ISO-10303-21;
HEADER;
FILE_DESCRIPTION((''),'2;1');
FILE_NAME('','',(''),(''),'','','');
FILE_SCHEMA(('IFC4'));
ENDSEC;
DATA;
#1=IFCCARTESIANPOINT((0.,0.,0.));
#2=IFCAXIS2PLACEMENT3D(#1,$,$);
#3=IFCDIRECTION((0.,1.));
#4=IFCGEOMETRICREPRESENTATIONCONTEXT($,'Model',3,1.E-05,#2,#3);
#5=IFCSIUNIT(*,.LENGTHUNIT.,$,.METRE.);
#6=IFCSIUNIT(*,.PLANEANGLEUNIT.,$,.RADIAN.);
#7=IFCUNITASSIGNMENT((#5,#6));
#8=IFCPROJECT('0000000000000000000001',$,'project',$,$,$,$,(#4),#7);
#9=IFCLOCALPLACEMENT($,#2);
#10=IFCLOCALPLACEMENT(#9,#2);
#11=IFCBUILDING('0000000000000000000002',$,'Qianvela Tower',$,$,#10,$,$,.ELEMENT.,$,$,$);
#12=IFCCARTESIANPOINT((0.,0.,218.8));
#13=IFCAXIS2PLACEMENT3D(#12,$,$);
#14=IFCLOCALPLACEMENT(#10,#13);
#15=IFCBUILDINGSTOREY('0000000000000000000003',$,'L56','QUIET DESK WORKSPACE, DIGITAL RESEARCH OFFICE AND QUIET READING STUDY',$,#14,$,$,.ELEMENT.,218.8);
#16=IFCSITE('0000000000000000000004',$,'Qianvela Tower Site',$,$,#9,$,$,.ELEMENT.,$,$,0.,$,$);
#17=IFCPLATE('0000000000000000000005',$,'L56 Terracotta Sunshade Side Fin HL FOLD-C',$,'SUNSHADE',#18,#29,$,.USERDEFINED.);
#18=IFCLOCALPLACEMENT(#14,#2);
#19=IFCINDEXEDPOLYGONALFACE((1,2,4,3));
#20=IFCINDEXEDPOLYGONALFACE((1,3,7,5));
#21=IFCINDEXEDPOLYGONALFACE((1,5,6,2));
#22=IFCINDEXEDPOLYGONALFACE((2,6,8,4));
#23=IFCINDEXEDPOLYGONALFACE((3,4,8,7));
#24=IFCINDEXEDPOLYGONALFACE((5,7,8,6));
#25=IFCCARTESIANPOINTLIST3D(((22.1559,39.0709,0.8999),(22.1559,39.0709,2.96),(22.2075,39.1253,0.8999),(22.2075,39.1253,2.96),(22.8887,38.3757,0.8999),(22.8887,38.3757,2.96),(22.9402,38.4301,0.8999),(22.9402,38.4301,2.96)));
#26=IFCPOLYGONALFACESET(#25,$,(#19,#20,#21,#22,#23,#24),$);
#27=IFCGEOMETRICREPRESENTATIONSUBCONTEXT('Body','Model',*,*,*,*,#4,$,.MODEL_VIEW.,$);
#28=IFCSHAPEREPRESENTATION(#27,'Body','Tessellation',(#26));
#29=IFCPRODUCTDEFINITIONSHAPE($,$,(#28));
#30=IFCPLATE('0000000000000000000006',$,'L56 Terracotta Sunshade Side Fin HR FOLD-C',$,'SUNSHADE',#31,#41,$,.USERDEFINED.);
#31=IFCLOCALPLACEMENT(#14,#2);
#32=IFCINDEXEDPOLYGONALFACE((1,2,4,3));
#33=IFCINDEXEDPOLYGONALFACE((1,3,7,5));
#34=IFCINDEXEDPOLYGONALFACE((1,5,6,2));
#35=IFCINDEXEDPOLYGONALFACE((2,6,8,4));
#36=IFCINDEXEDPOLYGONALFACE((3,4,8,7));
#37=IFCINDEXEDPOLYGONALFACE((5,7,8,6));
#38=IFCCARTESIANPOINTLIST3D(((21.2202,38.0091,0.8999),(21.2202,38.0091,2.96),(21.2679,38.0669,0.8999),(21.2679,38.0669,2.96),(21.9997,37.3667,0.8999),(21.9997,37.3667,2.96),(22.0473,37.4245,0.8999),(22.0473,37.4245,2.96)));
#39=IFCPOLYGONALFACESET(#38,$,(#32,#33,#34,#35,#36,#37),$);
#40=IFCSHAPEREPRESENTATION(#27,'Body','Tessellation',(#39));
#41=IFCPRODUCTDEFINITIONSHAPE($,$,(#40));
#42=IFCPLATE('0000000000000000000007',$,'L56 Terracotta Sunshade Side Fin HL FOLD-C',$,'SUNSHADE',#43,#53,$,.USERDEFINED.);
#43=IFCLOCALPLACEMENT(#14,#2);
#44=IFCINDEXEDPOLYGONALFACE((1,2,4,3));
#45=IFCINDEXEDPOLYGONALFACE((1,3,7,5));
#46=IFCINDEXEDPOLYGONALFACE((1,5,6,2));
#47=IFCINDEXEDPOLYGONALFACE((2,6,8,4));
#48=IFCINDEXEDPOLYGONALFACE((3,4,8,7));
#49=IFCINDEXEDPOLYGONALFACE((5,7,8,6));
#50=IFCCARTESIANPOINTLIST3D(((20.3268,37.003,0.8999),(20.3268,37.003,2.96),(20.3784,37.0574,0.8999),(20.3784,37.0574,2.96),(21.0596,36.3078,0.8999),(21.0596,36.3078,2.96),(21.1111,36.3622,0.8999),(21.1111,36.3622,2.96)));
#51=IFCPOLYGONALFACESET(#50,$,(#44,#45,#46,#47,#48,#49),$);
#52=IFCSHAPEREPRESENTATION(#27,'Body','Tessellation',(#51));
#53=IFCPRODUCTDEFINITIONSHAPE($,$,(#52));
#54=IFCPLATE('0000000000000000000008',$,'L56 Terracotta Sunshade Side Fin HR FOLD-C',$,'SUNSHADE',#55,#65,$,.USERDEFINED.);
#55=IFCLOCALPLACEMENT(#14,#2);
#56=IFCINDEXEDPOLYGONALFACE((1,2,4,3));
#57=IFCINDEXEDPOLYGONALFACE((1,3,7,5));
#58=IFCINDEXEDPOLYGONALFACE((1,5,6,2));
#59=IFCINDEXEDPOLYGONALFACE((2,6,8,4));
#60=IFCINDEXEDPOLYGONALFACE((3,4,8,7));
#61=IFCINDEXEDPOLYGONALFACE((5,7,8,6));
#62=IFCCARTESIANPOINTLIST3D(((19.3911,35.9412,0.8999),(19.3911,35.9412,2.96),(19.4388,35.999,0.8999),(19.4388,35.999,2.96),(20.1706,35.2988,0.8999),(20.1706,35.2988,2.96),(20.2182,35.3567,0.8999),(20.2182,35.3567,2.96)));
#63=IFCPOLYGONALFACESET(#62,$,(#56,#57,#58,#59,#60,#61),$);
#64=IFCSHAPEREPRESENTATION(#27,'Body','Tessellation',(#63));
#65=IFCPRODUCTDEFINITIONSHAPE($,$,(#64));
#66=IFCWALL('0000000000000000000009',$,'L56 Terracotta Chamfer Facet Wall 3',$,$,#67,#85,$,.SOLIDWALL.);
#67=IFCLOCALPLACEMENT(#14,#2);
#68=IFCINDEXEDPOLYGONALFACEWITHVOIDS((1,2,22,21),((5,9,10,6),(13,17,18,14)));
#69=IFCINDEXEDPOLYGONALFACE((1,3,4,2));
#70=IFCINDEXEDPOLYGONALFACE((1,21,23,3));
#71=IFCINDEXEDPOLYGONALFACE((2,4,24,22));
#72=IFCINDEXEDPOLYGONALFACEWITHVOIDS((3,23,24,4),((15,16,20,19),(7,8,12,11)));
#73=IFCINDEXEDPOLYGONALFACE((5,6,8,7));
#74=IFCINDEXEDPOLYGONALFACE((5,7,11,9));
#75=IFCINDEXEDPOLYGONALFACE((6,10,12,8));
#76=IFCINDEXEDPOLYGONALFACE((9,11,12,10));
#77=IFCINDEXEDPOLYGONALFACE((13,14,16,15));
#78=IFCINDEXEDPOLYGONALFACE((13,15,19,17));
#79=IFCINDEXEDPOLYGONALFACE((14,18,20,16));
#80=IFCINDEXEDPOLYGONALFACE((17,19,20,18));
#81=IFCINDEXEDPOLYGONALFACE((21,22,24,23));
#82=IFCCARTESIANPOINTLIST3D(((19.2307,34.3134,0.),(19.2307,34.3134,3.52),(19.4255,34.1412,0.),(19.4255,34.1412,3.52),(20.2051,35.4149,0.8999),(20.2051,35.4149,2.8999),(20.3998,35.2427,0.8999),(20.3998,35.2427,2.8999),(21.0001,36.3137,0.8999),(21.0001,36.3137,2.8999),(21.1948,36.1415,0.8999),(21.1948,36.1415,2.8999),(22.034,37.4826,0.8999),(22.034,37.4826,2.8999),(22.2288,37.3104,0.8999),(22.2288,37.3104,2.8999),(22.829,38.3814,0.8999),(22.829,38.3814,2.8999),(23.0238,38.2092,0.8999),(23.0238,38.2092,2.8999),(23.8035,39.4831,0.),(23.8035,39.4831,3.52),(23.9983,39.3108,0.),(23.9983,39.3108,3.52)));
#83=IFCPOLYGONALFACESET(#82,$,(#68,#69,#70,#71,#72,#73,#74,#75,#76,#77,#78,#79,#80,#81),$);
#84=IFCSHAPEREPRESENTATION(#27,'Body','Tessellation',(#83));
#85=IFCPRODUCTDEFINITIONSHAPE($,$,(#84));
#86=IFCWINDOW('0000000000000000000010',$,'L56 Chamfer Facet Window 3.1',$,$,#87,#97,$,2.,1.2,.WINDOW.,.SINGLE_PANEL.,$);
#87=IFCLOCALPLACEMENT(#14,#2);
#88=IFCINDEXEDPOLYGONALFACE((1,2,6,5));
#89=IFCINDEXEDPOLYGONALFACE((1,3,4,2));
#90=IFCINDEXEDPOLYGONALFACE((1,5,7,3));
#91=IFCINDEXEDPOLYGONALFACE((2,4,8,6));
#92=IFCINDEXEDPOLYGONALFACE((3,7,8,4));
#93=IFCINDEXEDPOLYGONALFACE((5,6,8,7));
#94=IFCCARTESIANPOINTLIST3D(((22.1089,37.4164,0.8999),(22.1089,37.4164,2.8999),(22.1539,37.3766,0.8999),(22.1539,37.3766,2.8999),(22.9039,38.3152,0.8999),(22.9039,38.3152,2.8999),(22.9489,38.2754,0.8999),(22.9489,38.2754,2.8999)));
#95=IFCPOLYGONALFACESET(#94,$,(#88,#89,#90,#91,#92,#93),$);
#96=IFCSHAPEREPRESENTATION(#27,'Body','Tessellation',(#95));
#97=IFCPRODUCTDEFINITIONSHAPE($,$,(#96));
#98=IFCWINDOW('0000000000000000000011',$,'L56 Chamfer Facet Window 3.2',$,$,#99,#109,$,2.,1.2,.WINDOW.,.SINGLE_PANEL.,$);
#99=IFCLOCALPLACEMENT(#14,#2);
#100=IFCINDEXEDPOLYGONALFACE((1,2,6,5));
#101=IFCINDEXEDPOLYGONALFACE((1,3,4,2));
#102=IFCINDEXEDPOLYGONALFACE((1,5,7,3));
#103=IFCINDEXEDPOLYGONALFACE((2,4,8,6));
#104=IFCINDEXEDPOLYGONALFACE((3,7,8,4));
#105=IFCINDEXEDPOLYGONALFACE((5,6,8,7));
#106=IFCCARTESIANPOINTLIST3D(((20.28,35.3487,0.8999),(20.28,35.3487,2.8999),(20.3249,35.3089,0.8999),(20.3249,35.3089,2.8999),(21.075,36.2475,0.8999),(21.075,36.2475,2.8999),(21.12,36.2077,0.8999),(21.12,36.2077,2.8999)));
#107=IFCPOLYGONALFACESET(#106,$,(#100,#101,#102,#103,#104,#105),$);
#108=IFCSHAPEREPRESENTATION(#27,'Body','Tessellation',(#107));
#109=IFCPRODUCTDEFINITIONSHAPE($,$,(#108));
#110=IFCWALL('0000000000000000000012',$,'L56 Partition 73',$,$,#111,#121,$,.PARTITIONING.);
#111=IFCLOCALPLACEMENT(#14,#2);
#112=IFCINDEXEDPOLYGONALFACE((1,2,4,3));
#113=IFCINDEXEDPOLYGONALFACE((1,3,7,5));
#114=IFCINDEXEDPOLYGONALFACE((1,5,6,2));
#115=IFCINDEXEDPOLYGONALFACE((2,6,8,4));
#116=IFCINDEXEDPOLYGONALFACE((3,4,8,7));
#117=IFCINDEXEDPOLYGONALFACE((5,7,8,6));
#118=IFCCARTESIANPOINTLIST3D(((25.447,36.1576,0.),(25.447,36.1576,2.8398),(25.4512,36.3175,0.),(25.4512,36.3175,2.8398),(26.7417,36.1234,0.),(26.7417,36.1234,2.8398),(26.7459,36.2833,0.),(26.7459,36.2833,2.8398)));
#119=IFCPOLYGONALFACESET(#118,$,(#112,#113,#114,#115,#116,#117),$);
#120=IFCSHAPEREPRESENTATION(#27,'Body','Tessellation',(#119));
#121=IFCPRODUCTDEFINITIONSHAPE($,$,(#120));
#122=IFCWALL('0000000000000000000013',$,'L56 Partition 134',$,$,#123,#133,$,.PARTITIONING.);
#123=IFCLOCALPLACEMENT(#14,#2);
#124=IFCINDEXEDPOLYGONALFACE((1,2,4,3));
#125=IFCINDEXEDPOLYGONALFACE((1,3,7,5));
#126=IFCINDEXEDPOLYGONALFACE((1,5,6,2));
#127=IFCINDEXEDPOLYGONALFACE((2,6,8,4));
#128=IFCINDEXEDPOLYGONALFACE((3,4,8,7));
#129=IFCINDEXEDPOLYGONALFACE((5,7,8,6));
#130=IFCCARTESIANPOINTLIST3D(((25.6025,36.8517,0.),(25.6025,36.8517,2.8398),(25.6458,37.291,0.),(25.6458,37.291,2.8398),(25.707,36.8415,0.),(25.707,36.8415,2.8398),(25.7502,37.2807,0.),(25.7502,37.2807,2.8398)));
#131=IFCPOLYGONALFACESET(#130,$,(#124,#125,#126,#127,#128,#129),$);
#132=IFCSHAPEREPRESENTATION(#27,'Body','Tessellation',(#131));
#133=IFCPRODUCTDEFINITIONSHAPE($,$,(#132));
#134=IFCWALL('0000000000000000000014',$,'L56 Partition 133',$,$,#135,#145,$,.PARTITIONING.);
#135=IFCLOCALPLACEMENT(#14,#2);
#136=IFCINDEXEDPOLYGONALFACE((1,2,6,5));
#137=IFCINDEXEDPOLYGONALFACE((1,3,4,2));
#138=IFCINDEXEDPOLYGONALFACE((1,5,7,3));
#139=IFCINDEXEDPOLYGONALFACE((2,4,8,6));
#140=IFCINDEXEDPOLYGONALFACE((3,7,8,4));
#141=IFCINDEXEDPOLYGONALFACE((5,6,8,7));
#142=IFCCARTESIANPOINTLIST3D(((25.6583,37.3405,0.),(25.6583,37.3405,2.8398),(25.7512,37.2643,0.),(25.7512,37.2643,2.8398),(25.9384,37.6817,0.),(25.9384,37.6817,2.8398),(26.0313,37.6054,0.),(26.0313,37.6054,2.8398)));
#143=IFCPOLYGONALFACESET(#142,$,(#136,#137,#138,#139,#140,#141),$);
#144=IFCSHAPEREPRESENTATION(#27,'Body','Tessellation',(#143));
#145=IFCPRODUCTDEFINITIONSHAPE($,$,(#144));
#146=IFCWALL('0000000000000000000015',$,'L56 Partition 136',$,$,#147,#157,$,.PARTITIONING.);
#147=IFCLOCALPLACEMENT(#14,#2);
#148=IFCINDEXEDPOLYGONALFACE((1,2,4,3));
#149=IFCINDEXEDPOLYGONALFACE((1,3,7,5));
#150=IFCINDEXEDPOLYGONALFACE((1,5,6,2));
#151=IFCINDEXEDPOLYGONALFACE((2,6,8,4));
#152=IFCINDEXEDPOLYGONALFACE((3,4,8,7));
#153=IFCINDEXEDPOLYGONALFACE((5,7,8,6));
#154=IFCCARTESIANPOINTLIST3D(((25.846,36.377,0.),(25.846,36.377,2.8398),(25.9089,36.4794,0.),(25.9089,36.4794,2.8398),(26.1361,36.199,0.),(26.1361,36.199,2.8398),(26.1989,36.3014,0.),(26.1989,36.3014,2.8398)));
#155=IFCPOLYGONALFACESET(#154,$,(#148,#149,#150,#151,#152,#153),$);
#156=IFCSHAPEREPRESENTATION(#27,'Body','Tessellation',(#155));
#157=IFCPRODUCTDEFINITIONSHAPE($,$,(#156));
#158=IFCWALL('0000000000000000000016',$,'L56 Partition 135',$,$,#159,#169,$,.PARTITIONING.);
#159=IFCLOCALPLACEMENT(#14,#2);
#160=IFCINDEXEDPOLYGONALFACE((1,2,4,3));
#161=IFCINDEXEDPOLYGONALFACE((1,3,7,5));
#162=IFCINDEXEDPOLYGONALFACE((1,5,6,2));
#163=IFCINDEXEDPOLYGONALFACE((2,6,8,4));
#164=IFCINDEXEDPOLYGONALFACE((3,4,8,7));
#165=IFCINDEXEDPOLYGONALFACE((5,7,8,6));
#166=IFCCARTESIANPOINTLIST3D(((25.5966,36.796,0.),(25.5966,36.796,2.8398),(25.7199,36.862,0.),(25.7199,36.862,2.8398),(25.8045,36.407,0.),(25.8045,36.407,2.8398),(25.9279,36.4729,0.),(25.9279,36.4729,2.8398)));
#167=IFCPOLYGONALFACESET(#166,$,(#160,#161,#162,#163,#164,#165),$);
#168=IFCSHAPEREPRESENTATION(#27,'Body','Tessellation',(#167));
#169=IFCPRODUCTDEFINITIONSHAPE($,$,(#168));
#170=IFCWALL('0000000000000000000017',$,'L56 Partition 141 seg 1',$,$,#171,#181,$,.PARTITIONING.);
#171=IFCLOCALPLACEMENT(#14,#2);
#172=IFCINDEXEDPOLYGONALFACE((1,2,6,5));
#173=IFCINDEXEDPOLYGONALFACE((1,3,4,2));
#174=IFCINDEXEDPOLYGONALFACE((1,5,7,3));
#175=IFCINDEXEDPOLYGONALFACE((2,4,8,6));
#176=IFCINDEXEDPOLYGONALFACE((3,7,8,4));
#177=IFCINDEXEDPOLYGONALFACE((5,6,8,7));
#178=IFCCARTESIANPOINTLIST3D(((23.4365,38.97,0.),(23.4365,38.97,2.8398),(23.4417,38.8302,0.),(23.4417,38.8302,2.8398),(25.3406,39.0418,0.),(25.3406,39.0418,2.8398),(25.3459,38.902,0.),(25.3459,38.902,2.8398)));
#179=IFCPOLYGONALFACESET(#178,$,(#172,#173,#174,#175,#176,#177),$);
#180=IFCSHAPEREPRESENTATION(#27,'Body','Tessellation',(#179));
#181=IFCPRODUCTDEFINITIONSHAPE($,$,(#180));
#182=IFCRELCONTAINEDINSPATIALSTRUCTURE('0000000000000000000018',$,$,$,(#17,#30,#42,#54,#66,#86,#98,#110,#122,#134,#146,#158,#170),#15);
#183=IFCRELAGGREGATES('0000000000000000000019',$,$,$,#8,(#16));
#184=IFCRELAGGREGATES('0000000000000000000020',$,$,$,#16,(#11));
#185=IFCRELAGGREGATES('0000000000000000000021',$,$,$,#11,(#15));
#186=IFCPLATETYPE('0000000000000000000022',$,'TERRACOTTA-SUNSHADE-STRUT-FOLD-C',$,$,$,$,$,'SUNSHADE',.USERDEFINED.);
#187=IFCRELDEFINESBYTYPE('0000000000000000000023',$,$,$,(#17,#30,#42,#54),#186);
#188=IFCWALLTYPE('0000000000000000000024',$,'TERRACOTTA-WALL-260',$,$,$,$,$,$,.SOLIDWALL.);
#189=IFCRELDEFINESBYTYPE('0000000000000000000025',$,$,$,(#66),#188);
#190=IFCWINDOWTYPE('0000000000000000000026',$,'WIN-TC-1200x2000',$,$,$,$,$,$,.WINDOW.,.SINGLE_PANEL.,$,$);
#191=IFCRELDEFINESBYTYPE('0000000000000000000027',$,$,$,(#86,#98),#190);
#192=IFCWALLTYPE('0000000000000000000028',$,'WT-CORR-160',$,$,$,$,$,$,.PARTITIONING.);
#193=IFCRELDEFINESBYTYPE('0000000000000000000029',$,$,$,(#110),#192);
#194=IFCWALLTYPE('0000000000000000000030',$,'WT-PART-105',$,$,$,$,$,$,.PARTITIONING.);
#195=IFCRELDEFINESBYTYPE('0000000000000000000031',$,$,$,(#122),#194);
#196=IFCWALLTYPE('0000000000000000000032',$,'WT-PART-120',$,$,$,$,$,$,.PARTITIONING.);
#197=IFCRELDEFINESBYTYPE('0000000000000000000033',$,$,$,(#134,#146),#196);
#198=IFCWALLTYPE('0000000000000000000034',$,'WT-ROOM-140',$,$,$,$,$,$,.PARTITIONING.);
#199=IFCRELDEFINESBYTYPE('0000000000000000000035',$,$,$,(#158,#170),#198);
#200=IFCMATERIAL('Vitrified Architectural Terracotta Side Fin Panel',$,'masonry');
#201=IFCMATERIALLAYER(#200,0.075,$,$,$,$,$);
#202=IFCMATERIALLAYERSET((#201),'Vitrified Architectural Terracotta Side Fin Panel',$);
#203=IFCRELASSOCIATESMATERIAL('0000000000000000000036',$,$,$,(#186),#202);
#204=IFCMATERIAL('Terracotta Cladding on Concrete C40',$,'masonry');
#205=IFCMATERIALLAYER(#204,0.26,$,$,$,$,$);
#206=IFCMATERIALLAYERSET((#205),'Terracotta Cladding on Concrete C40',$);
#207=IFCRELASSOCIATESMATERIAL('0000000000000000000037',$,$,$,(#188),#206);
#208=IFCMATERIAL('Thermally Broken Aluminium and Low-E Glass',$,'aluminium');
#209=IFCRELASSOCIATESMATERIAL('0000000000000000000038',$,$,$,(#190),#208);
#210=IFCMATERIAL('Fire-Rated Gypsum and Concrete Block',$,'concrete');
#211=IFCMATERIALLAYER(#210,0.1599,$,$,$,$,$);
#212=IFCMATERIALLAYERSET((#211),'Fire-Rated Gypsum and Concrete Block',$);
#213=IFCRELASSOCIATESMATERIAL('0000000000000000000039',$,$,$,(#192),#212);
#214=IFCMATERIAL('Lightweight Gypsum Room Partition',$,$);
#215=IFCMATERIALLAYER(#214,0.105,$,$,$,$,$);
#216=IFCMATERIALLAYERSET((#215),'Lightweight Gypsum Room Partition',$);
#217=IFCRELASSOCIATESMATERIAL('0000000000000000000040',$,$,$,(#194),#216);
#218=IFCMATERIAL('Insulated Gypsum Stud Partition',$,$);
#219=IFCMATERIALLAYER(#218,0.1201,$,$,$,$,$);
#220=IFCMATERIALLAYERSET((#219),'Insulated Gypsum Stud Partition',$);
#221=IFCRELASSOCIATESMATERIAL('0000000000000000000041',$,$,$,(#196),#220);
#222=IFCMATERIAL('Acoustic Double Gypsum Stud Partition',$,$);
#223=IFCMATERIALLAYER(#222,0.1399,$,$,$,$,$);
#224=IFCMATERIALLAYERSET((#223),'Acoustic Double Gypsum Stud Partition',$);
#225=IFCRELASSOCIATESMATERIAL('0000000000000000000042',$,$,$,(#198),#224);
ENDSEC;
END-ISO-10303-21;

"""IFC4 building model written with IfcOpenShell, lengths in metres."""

from ifc_helpers import new_model, si_unit, direction, frame, frame_2d, origin, origin_2d, place, context, subcontext, project, spatial, rectangle, extrude, material, layer, layer_set, type_object, element, fill, save


model = new_model("IFC4")

# Units and contexts
model_context = context("Model", 3, precision=1e-05, world=origin(), true_north=direction((0.0, 1.0)))
body_context = subcontext(model_context, "Body", "Model", "MODEL_VIEW")
ifc_project = project(units=[si_unit("LENGTHUNIT", "METRE"), si_unit("PLANEANGLEUNIT", "RADIAN")], contexts=[model_context])

# Site, building, storey
site_placement = place(None, origin())
site = spatial("IfcSite", under=ifc_project, at=site_placement, Name="Qianvela Tower Site", CompositionType="ELEMENT", RefElevation=0.0)
building_placement = place(site_placement, origin())
building = spatial("IfcBuilding", under=site, at=building_placement, Name="Qianvela Tower", CompositionType="ELEMENT")
storey_placement = place(building_placement, frame((0.0, 0.0, 218.8)))
storey = spatial("IfcBuildingStorey", under=building, at=storey_placement, Name="L56", Description="QUIET DESK WORKSPACE, DIGITAL RESEARCH OFFICE AND QUIET READING STUDY", CompositionType="ELEMENT", Elevation=218.8)

# Plates
ifc_material_1 = material(Name="Vitrified Architectural Terracotta Side Fin Panel", Category="masonry")
ifc_layer_1 = layer(ifc_material_1, 0.075)
ifc_layer_set_1 = layer_set([ifc_layer_1], Name="Vitrified Architectural Terracotta Side Fin Panel")
plate_type_1 = type_object("IfcPlateType", Name="TERRACOTTA-SUNSHADE-STRUT-FOLD-C", ElementType="SUNSHADE", PredefinedType="USERDEFINED", material=ifc_layer_set_1)
for number, where, z_axis, x_axis, name in (
    (1, (22.5481, 38.7505, 0.8999), (0.0, 0.0, 1.0), (-0.688279, -0.725446, 0.0), "L56 Terracotta Sunshade Side Fin HL FOLD-C"),
    (2, (21.6338, 37.7168, 0.8999), (0.0, 0.0, 1.0), (-0.635997, -0.771691, 0.0), "L56 Terracotta Sunshade Side Fin HR FOLD-C"),
    (3, (20.719, 36.6826, 0.8999), (0.0, 0.0, 1.0), (-0.688279, -0.725446, 0.0), "L56 Terracotta Sunshade Side Fin HL FOLD-C"),
    (4, (19.8047, 35.6489, 0.8999), (0.0, 0.0, 1.0), (-0.635997, -0.771691, 0.0), "L56 Terracotta Sunshade Side Fin HR FOLD-C"),
):
    element("IfcPlate", number, at=place(storey_placement, frame(where, z_axis=z_axis, x_axis=x_axis)), inside=storey, type_object=plate_type_1, Name=name, ObjectType="SUNSHADE", PredefinedType="USERDEFINED", context=body_context, shape_type="SweptSolid", body=[
        extrude(rectangle(XDim=0.075, YDim=1.01, at=origin_2d()), origin(), (0.0, 0.0, 1.0), 2.0601),
    ])

# Wall, openings, windows
ifc_material_2 = material(Name="Terracotta Cladding on Concrete C40", Category="masonry")
ifc_layer_2 = layer(ifc_material_2, 0.26)
ifc_layer_set_2 = layer_set([ifc_layer_2], Name="Terracotta Cladding on Concrete C40")
wall_type_1 = type_object("IfcWallType", Name="TERRACOTTA-WALL-260", PredefinedType="SOLIDWALL", material=ifc_layer_set_2)
wall_1_placement = place(storey_placement, frame((23.9009, 39.397, 0.0), z_axis=(0.0, 0.0, 1.0), x_axis=(-0.66254, -0.749027, 0.0)))
wall_1 = element("IfcWall", 5, at=wall_1_placement, inside=storey, type_object=wall_type_1, Name="L56 Terracotta Chamfer Facet Wall 3", PredefinedType="SOLIDWALL", context=body_context, shape_type="SweptSolid", body=[
    extrude(rectangle(XDim=6.9019, YDim=0.26, at=frame_2d((3.4509, 0.0))), origin(), (0.0, 0.0, 1.0), 3.52),
])
opening_1_placement = place(wall_1_placement, frame((1.4707, 0.0, 0.8999)))
opening_1 = element("IfcOpeningElement", 6, at=opening_1_placement, cuts=wall_1, PredefinedType="OPENING", context=body_context, shape_type="SweptSolid", body=[
    extrude(rectangle(XDim=1.2, YDim=2.0, at=frame_2d((0.6001, 1.0))), frame((0.0, 0.1399, 0.0), z_axis=(0.0, -1.0, 0.0), x_axis=(1.0, 0.0, 0.0)), (0.0, 0.0, 1.0), 0.28),
])
opening_2_placement = place(wall_1_placement, frame((4.2312, 0.0, 0.8999)))
opening_2 = element("IfcOpeningElement", 7, at=opening_2_placement, cuts=wall_1, PredefinedType="OPENING", context=body_context, shape_type="SweptSolid", body=[
    extrude(rectangle(XDim=1.2, YDim=2.0, at=frame_2d((0.6001, 1.0))), frame((0.0, 0.1399, 0.0), z_axis=(0.0, -1.0, 0.0), x_axis=(1.0, 0.0, 0.0)), (0.0, 0.0, 1.0), 0.28),
])
ifc_material_3 = material(Name="Thermally Broken Aluminium and Low-E Glass", Category="aluminium")
window_type = type_object("IfcWindowType", Name="WIN-TC-1200x2000", PartitioningType="SINGLE_PANEL", PredefinedType="WINDOW", material=ifc_material_3)
window_1_placement = place(opening_1_placement, origin())
window_1 = element("IfcWindow", 8, at=window_1_placement, inside=storey, type_object=window_type, Name="L56 Chamfer Facet Window 3.1", OverallHeight=2.0, OverallWidth=1.2, PartitioningType="SINGLE_PANEL", PredefinedType="WINDOW", context=body_context, shape_type="SweptSolid", body=[
    extrude(rectangle(XDim=1.2, YDim=2.0, at=frame_2d((0.6001, 1.0))), frame((0.0, 0.03, 0.0), z_axis=(0.0, -1.0, 0.0), x_axis=(1.0, 0.0, 0.0)), (0.0, 0.0, 1.0), 0.0601),
])
fill(opening_1, window_1)
window_2_placement = place(opening_2_placement, origin())
window_2 = element("IfcWindow", 9, at=window_2_placement, inside=storey, type_object=window_type, Name="L56 Chamfer Facet Window 3.2", OverallHeight=2.0, OverallWidth=1.2, PartitioningType="SINGLE_PANEL", PredefinedType="WINDOW", context=body_context, shape_type="SweptSolid", body=[
    extrude(rectangle(XDim=1.2, YDim=2.0, at=frame_2d((0.6001, 1.0))), frame((0.0, 0.03, 0.0), z_axis=(0.0, -1.0, 0.0), x_axis=(1.0, 0.0, 0.0)), (0.0, 0.0, 1.0), 0.0601),
])
fill(opening_2, window_2)

# Walls
ifc_material_4 = material(Name="Fire-Rated Gypsum and Concrete Block", Category="concrete")
ifc_layer_3 = layer(ifc_material_4, 0.1599)
ifc_layer_set_3 = layer_set([ifc_layer_3], Name="Fire-Rated Gypsum and Concrete Block")
wall_type_2 = type_object("IfcWallType", Name="WT-CORR-160", PredefinedType="PARTITIONING", material=ifc_layer_set_3)
wall_2_placement = place(storey_placement, frame((25.4492, 36.2375, 0.0), z_axis=(0.0, 0.0, 1.0), x_axis=(0.999652, -0.026391, 0.0)))
element("IfcWall", 10, at=wall_2_placement, inside=storey, type_object=wall_type_2, Name="L56 Partition 73", PredefinedType="PARTITIONING", context=body_context, shape_type="SweptSolid", body=[
    extrude(rectangle(XDim=1.2952, YDim=0.1599, at=frame_2d((0.6475, 0.0))), origin(), (0.0, 0.0, 1.0), 2.8398),
])
ifc_material_5 = material(Name="Lightweight Gypsum Room Partition")
ifc_layer_4 = layer(ifc_material_5, 0.105)
ifc_layer_set_4 = layer_set([ifc_layer_4], Name="Lightweight Gypsum Room Partition")
wall_type_3 = type_object("IfcWallType", Name="WT-PART-105", PredefinedType="PARTITIONING", material=ifc_layer_set_4)
wall_3_placement = place(storey_placement, frame((25.698, 37.2859, 0.0), z_axis=(0.0, 0.0, 1.0), x_axis=(-0.097915, -0.995195, 0.0)))
element("IfcWall", 11, at=wall_3_placement, inside=storey, type_object=wall_type_3, Name="L56 Partition 134", PredefinedType="PARTITIONING", context=body_context, shape_type="SweptSolid", body=[
    extrude(rectangle(XDim=0.4414, YDim=0.105, at=frame_2d((0.2207, 0.0))), origin(), (0.0, 0.0, 1.0), 2.8398),
])
ifc_material_6 = material(Name="Insulated Gypsum Stud Partition")
ifc_layer_5 = layer(ifc_material_6, 0.1201)
ifc_layer_set_5 = layer_set([ifc_layer_5], Name="Insulated Gypsum Stud Partition")
wall_type_4 = type_object("IfcWallType", Name="WT-PART-120", PredefinedType="PARTITIONING", material=ifc_layer_set_5)
wall_4_placement = place(storey_placement, frame((25.9849, 37.6436, 0.0), z_axis=(0.0, 0.0, 1.0), x_axis=(-0.634562, -0.772872, 0.0)))
element("IfcWall", 12, at=wall_4_placement, inside=storey, type_object=wall_type_4, Name="L56 Partition 133", PredefinedType="PARTITIONING", context=body_context, shape_type="SweptSolid", body=[
    extrude(rectangle(XDim=0.4414, YDim=0.1201, at=frame_2d((0.2207, 0.0))), origin(), (0.0, 0.0, 1.0), 2.8398),
])
wall_5_placement = place(storey_placement, frame((25.8774, 36.4282, 0.0), z_axis=(0.0, 0.0, 1.0), x_axis=(0.852323, -0.523016, 0.0)))
element("IfcWall", 13, at=wall_5_placement, inside=storey, type_object=wall_type_4, Name="L56 Partition 136", PredefinedType="PARTITIONING", context=body_context, shape_type="SweptSolid", body=[
    extrude(rectangle(XDim=0.3403, YDim=0.1201, at=frame_2d((0.1702, 0.0))), origin(), (0.0, 0.0, 1.0), 2.8398),
])
ifc_material_7 = material(Name="Acoustic Double Gypsum Stud Partition")
ifc_layer_6 = layer(ifc_material_7, 0.1399)
ifc_layer_set_6 = layer_set([ifc_layer_6], Name="Acoustic Double Gypsum Stud Partition")
wall_type_5 = type_object("IfcWallType", Name="WT-ROOM-140", PredefinedType="PARTITIONING", material=ifc_layer_set_6)
wall_6_placement = place(storey_placement, frame((25.6582, 36.8291, 0.0), z_axis=(0.0, 0.0, 1.0), x_axis=(0.471392, -0.881924, 0.0)))
element("IfcWall", 14, at=wall_6_placement, inside=storey, type_object=wall_type_5, Name="L56 Partition 135", PredefinedType="PARTITIONING", context=body_context, shape_type="SweptSolid", body=[
    extrude(rectangle(XDim=0.4412, YDim=0.1399, at=frame_2d((0.2207, 0.0))), origin(), (0.0, 0.0, 1.0), 2.8398),
])
wall_7_placement = place(storey_placement, frame((23.4392, 38.9001, 0.0), z_axis=(0.0, 0.0, 1.0), x_axis=(0.99929, 0.03767, 0.0)))
element("IfcWall", 15, at=wall_7_placement, inside=storey, type_object=wall_type_5, Name="L56 Partition 141 seg 1", PredefinedType="PARTITIONING", context=body_context, shape_type="SweptSolid", body=[
    extrude(rectangle(XDim=1.9055, YDim=0.1399, at=frame_2d((0.9526, 0.0))), origin(), (0.0, 0.0, 1.0), 2.8398),
])

save(model, "model.ifc")
